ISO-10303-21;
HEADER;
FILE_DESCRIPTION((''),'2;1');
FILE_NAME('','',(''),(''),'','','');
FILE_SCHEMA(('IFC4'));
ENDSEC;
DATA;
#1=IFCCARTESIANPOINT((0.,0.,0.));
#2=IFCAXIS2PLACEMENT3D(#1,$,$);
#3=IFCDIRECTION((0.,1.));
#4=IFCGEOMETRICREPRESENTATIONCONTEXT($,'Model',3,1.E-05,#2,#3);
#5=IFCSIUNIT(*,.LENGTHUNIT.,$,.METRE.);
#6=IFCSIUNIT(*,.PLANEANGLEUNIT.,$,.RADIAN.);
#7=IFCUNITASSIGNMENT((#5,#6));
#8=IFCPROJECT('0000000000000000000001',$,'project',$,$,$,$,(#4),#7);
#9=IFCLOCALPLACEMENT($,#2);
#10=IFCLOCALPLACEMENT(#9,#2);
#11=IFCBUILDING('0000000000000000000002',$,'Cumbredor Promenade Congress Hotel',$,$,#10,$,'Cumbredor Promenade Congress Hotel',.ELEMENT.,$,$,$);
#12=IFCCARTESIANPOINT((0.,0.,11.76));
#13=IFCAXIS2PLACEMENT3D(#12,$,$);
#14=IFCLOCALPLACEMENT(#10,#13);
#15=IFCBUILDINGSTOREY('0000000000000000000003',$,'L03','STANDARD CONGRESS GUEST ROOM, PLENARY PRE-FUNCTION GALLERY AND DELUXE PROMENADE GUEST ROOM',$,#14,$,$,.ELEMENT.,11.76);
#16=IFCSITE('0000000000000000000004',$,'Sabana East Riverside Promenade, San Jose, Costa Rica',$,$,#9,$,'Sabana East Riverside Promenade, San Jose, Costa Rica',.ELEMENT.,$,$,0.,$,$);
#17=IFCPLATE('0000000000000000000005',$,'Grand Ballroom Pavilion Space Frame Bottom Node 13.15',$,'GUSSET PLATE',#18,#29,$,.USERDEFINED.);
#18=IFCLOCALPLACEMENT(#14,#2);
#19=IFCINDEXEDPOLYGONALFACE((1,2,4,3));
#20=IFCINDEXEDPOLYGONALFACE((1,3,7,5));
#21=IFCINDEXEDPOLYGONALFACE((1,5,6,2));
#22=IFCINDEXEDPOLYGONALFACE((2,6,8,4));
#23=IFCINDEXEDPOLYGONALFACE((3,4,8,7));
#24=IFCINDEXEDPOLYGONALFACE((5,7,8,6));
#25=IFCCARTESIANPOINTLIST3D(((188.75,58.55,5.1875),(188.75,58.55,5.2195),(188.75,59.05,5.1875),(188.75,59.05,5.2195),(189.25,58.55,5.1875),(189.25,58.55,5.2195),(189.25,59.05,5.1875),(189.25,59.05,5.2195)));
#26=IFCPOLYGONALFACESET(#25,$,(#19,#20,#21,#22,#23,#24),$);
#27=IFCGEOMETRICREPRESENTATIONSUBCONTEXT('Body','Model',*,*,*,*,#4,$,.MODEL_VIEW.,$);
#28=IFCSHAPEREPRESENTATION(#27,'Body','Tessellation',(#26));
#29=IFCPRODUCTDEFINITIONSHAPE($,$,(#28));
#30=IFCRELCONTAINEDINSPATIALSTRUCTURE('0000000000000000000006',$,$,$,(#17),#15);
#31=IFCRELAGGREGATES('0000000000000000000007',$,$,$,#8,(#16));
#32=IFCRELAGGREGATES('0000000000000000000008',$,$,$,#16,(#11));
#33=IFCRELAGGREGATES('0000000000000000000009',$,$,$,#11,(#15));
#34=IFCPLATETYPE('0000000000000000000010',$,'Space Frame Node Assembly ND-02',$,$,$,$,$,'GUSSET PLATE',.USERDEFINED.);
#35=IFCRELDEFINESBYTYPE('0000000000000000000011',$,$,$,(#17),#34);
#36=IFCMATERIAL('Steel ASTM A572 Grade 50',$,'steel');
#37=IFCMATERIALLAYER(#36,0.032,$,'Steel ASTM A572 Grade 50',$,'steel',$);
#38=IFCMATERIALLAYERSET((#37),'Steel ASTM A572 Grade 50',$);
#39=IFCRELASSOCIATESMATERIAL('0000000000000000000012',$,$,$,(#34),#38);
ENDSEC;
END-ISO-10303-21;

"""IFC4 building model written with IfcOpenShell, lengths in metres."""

from ifc_helpers import new_model, si_unit, direction, frame, origin, origin_2d, place, context, subcontext, project, spatial, rectangle, extrude, material, layer, layer_set, type_object, element, save


model = new_model("IFC4")

# Units and contexts
model_context = context("Model", 3, precision=1e-05, world=origin(), true_north=direction((0.0, 1.0)))
body_context = subcontext(model_context, "Body", "Model", "MODEL_VIEW")
ifc_project = project(units=[si_unit("LENGTHUNIT", "METRE"), si_unit("PLANEANGLEUNIT", "RADIAN")], contexts=[model_context])

# Site, building, storey
site_placement = place(None, origin())
site = spatial("IfcSite", under=ifc_project, at=site_placement, Name="Sabana East Riverside Promenade, San Jose, Costa Rica", LongName="Sabana East Riverside Promenade, San Jose, Costa Rica", CompositionType="ELEMENT", RefElevation=0.0)
building_placement = place(site_placement, origin())
building = spatial("IfcBuilding", under=site, at=building_placement, Name="Cumbredor Promenade Congress Hotel", LongName="Cumbredor Promenade Congress Hotel", CompositionType="ELEMENT")
storey_placement = place(building_placement, frame((0.0, 0.0, 11.76)))
storey = spatial("IfcBuildingStorey", under=building, at=storey_placement, Name="L03", Description="STANDARD CONGRESS GUEST ROOM, PLENARY PRE-FUNCTION GALLERY AND DELUXE PROMENADE GUEST ROOM", CompositionType="ELEMENT", Elevation=11.76)

# Plate
ifc_material_1 = material(Name="Steel ASTM A572 Grade 50", Category="steel")
ifc_layer_1 = layer(ifc_material_1, 0.032, Name="Steel ASTM A572 Grade 50", Category="steel")
ifc_layer_set_1 = layer_set([ifc_layer_1], Name="Steel ASTM A572 Grade 50")
plate_type_1 = type_object("IfcPlateType", Name="Space Frame Node Assembly ND-02", ElementType="GUSSET PLATE", PredefinedType="USERDEFINED", material=ifc_layer_set_1)
for number, where, z_axis, x_axis, name in (
    (1, (189.0, 58.8, 5.1875), (0.0, 0.0, 1.0), (1.0, 0.0, 0.0), "Grand Ballroom Pavilion Space Frame Bottom Node 13.15"),
):
    element("IfcPlate", number, at=place(storey_placement, frame(where, z_axis=z_axis, x_axis=x_axis)), inside=storey, type_object=plate_type_1, Name=name, ObjectType="GUSSET PLATE", PredefinedType="USERDEFINED", context=body_context, shape_type="SweptSolid", body=[
        extrude(rectangle(XDim=0.5, YDim=0.5, at=origin_2d()), origin(), (0.0, 0.0, 1.0), 0.032),
    ])

save(model, "model.ifc")
